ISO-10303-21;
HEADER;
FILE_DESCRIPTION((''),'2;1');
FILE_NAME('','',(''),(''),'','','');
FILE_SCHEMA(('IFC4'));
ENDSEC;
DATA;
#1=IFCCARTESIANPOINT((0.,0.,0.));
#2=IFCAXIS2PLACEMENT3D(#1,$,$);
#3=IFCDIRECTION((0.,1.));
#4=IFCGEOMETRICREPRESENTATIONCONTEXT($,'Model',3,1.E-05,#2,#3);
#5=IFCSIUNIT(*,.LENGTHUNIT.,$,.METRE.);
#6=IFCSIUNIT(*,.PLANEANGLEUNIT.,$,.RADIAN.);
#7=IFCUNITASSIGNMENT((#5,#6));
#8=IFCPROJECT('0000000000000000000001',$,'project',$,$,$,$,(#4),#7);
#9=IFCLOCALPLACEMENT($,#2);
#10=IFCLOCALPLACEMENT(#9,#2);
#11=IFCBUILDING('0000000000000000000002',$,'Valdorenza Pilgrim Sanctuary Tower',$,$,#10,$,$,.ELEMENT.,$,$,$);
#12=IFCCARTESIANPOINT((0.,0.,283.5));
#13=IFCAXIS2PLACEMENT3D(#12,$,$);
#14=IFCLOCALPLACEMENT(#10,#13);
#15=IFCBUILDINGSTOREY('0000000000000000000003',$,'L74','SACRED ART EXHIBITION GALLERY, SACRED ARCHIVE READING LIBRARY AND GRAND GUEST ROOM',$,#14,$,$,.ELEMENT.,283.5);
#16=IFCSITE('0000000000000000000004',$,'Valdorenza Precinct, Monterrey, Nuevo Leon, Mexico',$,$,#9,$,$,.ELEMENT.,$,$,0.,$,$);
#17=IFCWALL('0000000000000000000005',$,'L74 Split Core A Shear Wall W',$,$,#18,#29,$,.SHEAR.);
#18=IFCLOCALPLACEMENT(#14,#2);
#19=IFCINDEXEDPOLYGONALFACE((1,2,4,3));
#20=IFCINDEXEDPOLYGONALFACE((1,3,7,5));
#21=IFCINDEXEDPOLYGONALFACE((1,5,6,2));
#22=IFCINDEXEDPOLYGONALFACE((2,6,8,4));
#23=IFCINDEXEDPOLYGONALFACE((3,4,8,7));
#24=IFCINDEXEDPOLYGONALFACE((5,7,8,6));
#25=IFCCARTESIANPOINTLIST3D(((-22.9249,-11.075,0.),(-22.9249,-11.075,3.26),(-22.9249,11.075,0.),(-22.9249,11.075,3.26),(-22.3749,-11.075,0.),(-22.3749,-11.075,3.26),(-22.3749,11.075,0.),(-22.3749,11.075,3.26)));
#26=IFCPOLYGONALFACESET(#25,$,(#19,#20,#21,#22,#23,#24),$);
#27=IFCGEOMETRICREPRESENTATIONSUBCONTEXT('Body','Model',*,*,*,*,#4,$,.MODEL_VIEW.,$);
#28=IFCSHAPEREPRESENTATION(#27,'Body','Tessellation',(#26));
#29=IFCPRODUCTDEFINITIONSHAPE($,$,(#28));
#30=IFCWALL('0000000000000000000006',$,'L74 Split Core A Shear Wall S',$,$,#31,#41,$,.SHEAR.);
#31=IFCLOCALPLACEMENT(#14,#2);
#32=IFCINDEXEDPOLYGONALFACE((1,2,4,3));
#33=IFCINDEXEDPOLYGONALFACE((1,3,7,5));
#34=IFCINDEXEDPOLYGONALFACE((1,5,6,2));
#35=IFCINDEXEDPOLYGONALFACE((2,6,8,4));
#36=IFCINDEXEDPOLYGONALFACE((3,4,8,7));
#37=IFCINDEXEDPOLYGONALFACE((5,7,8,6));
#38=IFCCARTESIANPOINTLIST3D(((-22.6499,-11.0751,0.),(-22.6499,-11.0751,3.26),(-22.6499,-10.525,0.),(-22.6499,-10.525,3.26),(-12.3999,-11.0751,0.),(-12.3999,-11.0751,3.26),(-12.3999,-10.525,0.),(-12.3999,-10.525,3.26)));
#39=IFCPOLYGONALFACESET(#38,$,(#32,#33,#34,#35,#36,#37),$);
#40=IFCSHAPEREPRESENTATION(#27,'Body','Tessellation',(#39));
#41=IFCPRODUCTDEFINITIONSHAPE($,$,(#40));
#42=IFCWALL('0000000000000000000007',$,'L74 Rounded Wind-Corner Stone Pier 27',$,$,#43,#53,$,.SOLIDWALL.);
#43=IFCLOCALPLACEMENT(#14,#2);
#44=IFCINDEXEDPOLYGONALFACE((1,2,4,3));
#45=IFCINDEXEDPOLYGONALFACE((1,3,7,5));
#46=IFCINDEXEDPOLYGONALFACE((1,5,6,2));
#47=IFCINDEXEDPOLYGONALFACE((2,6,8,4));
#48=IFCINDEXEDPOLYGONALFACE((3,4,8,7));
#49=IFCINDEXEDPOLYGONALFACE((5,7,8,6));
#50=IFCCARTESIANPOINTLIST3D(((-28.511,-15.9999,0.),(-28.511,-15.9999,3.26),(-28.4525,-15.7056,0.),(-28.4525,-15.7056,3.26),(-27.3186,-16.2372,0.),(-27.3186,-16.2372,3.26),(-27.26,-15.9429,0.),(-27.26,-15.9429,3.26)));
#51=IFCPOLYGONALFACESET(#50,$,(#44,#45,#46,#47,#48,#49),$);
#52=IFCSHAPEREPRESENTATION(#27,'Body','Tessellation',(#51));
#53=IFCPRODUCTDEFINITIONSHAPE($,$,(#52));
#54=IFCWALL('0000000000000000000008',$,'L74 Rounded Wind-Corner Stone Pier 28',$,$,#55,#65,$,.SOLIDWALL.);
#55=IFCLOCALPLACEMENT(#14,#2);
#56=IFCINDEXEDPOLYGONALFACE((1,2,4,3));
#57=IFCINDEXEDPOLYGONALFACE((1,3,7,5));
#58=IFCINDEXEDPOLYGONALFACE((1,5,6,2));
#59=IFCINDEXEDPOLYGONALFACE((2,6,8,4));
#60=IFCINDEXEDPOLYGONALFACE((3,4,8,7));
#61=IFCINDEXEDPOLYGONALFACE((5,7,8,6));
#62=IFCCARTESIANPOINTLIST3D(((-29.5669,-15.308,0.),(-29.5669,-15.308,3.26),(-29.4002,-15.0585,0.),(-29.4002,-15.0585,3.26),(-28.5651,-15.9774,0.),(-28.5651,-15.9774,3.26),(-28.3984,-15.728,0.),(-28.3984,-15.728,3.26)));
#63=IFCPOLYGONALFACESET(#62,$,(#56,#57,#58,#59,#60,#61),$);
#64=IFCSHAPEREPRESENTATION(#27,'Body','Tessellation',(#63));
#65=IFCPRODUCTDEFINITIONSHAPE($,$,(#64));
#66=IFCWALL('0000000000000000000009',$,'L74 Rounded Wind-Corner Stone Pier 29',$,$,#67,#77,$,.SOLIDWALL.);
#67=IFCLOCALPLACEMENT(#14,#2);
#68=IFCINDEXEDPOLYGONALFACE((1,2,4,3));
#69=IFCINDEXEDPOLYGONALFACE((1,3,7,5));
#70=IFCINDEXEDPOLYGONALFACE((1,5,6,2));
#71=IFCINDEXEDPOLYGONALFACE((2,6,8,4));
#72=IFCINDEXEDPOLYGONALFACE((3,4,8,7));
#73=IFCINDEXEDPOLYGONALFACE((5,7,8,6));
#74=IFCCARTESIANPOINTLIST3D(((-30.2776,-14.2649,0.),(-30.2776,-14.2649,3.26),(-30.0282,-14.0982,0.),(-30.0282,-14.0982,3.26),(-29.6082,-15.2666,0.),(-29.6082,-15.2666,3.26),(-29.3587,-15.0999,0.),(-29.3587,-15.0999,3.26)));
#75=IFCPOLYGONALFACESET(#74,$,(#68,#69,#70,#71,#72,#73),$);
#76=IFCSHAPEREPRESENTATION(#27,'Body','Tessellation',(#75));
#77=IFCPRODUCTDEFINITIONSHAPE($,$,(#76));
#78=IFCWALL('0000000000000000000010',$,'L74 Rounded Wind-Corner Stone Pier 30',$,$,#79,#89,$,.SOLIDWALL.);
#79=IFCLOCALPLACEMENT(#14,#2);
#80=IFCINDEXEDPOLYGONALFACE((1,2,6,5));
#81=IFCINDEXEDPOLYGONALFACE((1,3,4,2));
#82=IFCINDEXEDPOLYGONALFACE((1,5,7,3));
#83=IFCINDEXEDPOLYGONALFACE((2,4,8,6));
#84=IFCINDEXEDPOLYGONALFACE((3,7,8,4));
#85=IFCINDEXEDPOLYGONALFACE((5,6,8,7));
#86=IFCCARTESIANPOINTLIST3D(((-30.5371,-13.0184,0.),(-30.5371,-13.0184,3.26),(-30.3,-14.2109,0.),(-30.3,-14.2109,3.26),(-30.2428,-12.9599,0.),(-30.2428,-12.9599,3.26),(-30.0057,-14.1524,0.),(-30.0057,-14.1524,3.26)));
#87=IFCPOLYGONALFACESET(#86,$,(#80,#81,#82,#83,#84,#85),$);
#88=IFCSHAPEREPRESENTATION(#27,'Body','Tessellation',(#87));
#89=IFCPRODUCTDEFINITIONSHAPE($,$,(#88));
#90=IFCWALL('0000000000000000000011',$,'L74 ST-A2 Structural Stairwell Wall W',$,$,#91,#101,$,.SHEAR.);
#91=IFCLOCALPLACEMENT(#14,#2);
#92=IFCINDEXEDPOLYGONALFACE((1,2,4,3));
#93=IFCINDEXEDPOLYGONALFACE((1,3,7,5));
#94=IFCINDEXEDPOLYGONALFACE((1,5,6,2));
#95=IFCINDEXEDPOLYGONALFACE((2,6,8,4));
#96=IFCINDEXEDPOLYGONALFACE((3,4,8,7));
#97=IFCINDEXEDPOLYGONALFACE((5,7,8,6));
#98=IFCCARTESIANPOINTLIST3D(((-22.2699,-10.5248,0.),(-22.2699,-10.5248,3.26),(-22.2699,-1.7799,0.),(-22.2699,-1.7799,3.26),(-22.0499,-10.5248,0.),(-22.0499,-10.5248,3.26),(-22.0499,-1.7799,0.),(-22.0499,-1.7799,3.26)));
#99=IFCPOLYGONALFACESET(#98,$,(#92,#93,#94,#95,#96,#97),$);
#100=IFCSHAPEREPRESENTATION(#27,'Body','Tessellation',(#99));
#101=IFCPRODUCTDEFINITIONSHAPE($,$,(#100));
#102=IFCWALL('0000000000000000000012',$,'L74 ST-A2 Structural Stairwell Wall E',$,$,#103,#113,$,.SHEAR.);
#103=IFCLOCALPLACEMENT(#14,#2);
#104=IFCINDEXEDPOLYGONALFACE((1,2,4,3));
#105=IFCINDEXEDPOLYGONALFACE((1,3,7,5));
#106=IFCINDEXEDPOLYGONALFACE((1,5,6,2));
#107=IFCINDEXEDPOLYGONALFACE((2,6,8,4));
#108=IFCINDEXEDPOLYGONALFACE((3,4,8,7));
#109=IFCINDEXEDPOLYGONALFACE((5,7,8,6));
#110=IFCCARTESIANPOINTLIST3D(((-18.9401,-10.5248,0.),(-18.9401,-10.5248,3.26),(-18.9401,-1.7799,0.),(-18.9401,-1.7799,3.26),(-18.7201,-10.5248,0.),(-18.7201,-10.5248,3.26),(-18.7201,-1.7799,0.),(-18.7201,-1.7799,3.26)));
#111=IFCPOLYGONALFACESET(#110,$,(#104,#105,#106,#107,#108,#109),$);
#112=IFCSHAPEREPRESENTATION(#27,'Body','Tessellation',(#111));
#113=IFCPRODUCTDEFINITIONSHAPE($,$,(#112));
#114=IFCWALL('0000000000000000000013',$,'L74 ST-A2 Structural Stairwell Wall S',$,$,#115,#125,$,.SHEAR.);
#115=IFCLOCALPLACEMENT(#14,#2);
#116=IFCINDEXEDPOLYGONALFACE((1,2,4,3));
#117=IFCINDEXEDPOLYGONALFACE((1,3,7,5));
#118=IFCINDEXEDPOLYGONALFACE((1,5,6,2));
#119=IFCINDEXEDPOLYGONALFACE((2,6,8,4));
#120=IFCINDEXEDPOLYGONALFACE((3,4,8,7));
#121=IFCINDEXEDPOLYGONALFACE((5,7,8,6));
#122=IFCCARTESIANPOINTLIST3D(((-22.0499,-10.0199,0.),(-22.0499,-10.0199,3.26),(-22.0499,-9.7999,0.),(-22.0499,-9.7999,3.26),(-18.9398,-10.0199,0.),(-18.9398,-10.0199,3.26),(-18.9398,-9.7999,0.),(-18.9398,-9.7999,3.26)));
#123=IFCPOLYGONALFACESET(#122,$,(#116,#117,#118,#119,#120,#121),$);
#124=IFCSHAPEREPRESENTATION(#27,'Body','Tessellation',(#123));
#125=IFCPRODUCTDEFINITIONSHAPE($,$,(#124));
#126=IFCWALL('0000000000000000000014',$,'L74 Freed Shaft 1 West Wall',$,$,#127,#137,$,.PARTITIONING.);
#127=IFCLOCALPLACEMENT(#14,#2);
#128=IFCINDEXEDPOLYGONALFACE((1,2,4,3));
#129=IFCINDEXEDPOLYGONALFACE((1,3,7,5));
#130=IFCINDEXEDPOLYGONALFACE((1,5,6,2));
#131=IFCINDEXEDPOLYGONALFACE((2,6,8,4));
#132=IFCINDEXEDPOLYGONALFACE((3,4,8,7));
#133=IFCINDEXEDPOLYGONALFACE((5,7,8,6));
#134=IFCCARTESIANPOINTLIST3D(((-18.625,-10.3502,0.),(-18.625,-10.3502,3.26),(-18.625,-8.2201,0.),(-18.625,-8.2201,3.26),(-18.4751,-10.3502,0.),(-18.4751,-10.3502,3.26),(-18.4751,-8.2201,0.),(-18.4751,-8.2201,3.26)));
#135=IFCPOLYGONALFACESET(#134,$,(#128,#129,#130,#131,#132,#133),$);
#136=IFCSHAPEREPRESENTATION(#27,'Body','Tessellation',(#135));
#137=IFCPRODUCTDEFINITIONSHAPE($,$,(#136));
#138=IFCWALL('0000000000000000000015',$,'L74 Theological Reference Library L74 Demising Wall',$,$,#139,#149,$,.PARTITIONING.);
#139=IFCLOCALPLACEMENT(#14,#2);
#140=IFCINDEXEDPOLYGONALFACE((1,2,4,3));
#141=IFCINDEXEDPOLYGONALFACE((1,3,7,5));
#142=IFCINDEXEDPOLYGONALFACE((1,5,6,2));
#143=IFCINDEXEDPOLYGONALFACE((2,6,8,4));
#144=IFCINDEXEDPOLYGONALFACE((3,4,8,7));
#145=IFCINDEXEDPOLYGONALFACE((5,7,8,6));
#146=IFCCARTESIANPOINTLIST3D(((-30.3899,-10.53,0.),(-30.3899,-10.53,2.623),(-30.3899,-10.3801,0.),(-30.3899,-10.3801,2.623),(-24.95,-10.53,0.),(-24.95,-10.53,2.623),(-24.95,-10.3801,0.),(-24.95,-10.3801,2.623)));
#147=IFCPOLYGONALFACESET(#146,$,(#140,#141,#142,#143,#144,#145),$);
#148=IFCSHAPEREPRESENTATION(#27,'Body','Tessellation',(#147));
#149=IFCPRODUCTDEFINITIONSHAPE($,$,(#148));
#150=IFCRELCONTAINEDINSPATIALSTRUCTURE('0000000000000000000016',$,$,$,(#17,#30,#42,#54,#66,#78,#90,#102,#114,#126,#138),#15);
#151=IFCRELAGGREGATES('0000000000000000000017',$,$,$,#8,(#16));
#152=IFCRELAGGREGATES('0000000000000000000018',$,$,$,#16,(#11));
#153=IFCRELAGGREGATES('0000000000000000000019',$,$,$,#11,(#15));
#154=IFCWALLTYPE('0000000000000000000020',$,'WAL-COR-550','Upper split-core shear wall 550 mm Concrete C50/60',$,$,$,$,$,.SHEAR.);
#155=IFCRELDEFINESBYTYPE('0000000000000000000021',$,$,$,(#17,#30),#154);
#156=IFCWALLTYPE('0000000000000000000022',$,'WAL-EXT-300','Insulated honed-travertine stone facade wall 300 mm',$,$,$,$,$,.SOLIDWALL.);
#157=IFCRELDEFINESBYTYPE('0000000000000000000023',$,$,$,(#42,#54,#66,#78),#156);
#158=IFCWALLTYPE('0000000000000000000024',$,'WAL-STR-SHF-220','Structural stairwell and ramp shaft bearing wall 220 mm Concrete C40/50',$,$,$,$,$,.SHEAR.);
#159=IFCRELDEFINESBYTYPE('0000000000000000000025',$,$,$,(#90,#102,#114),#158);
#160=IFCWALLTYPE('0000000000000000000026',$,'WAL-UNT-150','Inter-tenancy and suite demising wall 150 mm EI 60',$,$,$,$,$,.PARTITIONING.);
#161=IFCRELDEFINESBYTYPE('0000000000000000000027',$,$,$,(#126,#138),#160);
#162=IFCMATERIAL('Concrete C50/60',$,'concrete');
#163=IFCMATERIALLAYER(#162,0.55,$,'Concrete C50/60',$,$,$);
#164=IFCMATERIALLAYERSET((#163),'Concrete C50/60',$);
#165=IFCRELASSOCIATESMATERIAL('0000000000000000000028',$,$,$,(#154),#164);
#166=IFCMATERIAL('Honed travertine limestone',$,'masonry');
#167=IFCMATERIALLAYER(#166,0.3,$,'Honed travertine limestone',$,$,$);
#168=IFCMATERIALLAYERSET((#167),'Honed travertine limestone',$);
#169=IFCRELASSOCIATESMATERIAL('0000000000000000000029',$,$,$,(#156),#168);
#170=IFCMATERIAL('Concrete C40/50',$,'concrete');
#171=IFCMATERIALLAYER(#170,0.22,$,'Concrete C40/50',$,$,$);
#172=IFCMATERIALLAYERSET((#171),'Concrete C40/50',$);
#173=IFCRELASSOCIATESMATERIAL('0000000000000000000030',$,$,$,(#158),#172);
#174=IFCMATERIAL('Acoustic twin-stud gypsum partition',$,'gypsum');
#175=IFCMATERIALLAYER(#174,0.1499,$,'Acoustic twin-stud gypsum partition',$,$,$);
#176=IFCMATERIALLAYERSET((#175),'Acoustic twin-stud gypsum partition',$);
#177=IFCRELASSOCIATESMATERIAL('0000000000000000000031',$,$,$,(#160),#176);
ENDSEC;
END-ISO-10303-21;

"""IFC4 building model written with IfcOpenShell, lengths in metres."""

from ifc_helpers import new_model, si_unit, direction, frame, frame_2d, origin, place, context, subcontext, project, spatial, rectangle, extrude, material, layer, layer_set, type_object, element, save


model = new_model("IFC4")

# Units and contexts
model_context = context("Model", 3, precision=1e-05, world=origin(), true_north=direction((0.0, 1.0)))
body_context = subcontext(model_context, "Body", "Model", "MODEL_VIEW")
ifc_project = project(units=[si_unit("LENGTHUNIT", "METRE"), si_unit("PLANEANGLEUNIT", "RADIAN")], contexts=[model_context])

# Site, building, storey
site_placement = place(None, origin())
site = spatial("IfcSite", under=ifc_project, at=site_placement, Name="Valdorenza Precinct, Monterrey, Nuevo Leon, Mexico", CompositionType="ELEMENT", RefElevation=0.0)
building_placement = place(site_placement, origin())
building = spatial("IfcBuilding", under=site, at=building_placement, Name="Valdorenza Pilgrim Sanctuary Tower", CompositionType="ELEMENT")
storey_placement = place(building_placement, frame((0.0, 0.0, 283.5)))
storey = spatial("IfcBuildingStorey", under=building, at=storey_placement, Name="L74", Description="SACRED ART EXHIBITION GALLERY, SACRED ARCHIVE READING LIBRARY AND GRAND GUEST ROOM", CompositionType="ELEMENT", Elevation=283.5)

# Shared definitions
ifc_material_1 = material(Name="Concrete C50/60", Category="concrete")

# Shared definitions
ifc_material_2 = material(Name="Honed travertine limestone", Category="masonry")

# Shared definitions
ifc_material_3 = material(Name="Acoustic twin-stud gypsum partition", Category="gypsum")

# Walls
ifc_layer_1 = layer(ifc_material_1, 0.55, Name="Concrete C50/60")
ifc_layer_set_1 = layer_set([ifc_layer_1], Name="Concrete C50/60")
wall_type_1 = type_object("IfcWallType", Name="WAL-COR-550", Description="Upper split-core shear wall 550 mm Concrete C50/60", PredefinedType="SHEAR", material=ifc_layer_set_1)
wall_1_placement = place(storey_placement, frame((-22.6499, -11.075, 0.0), z_axis=(0.0, 0.0, 1.0), x_axis=(0.0, 1.0, 0.0)))
element("IfcWall", 1, at=wall_1_placement, inside=storey, type_object=wall_type_1, Name="L74 Split Core A Shear Wall W", PredefinedType="SHEAR", context=body_context, shape_type="SweptSolid", body=[
    extrude(rectangle(XDim=22.1499, YDim=0.55, at=frame_2d((11.075, 0.0))), origin(), (0.0, 0.0, 1.0), 3.26),
])
wall_2_placement = place(storey_placement, frame((-22.6499, -10.8, 0.0), z_axis=(0.0, 0.0, 1.0), x_axis=(1.0, 0.0, 0.0)))
element("IfcWall", 2, at=wall_2_placement, inside=storey, type_object=wall_type_1, Name="L74 Split Core A Shear Wall S", PredefinedType="SHEAR", context=body_context, shape_type="SweptSolid", body=[
    extrude(rectangle(XDim=10.25, YDim=0.55, at=frame_2d((5.125, 0.0))), origin(), (0.0, 0.0, 1.0), 3.26),
])
ifc_layer_2 = layer(ifc_material_2, 0.3, Name="Honed travertine limestone")
ifc_layer_set_2 = layer_set([ifc_layer_2], Name="Honed travertine limestone")
wall_type_2 = type_object("IfcWallType", Name="WAL-EXT-300", Description="Insulated honed-travertine stone facade wall 300 mm", PredefinedType="SOLIDWALL", material=ifc_layer_set_2)
wall_3_placement = place(storey_placement, frame((-27.2893, -16.0901, 0.0), z_axis=(0.0, 0.0, 1.0), x_axis=(-0.980766, 0.195189, 0.0)))
element("IfcWall", 3, at=wall_3_placement, inside=storey, type_object=wall_type_2, Name="L74 Rounded Wind-Corner Stone Pier 27", PredefinedType="SOLIDWALL", context=body_context, shape_type="SweptSolid", body=[
    extrude(rectangle(XDim=1.2158, YDim=0.3, at=frame_2d((0.6079, 0.0))), origin(), (0.0, 0.0, 1.0), 3.26),
])
for number, where, z_axis, x_axis, name in (
    (4, (-28.4817, -15.8528, 0.0), (0.0, 0.0, 1.0), (-0.831426, 0.555635, 0.0), "L74 Rounded Wind-Corner Stone Pier 28"),
    (5, (-29.4834, -15.1833, 0.0), (0.0, 0.0, 1.0), (-0.555635, 0.831426, 0.0), "L74 Rounded Wind-Corner Stone Pier 29"),
):
    element("IfcWall", number, at=place(storey_placement, frame(where, z_axis=z_axis, x_axis=x_axis)), inside=storey, type_object=wall_type_2, Name=name, PredefinedType="SOLIDWALL", context=body_context, shape_type="SweptSolid", body=[
        extrude(rectangle(XDim=1.2048, YDim=0.3, at=frame_2d((0.6025, 0.0))), origin(), (0.0, 0.0, 1.0), 3.26),
    ])
wall_4_placement = place(storey_placement, frame((-30.1528, -14.1816, 0.0), z_axis=(0.0, 0.0, 1.0), x_axis=(-0.194996, 0.980804, 0.0)))
element("IfcWall", 6, at=wall_4_placement, inside=storey, type_object=wall_type_2, Name="L74 Rounded Wind-Corner Stone Pier 30", PredefinedType="SOLIDWALL", context=body_context, shape_type="SweptSolid", body=[
    extrude(rectangle(XDim=1.2158, YDim=0.3, at=frame_2d((0.6079, 0.0))), origin(), (0.0, 0.0, 1.0), 3.26),
])
ifc_material_4 = material(Name="Concrete C40/50", Category="concrete")
ifc_layer_3 = layer(ifc_material_4, 0.22, Name="Concrete C40/50")
ifc_layer_set_3 = layer_set([ifc_layer_3], Name="Concrete C40/50")
wall_type_3 = type_object("IfcWallType", Name="WAL-STR-SHF-220", Description="Structural stairwell and ramp shaft bearing wall 220 mm Concrete C40/50", PredefinedType="SHEAR", material=ifc_layer_set_3)
for number, where, z_axis, x_axis, name in (
    (7, (-22.1599, -10.5249, 0.0), (0.0, 0.0, 1.0), (0.0, 1.0, 0.0), "L74 ST-A2 Structural Stairwell Wall W"),
    (8, (-18.8301, -10.5249, 0.0), (0.0, 0.0, 1.0), (0.0, 1.0, 0.0), "L74 ST-A2 Structural Stairwell Wall E"),
):
    element("IfcWall", number, at=place(storey_placement, frame(where, z_axis=z_axis, x_axis=x_axis)), inside=storey, type_object=wall_type_3, Name=name, PredefinedType="SHEAR", context=body_context, shape_type="SweptSolid", body=[
        extrude(rectangle(XDim=8.7449, YDim=0.22, at=frame_2d((4.3726, 0.0))), origin(), (0.0, 0.0, 1.0), 3.26),
    ])
wall_5_placement = place(storey_placement, frame((-22.05, -9.9099, 0.0), z_axis=(0.0, 0.0, 1.0), x_axis=(1.0, 0.0, 0.0)))
element("IfcWall", 9, at=wall_5_placement, inside=storey, type_object=wall_type_3, Name="L74 ST-A2 Structural Stairwell Wall S", PredefinedType="SHEAR", context=body_context, shape_type="SweptSolid", body=[
    extrude(rectangle(XDim=3.1101, YDim=0.22, at=frame_2d((1.5552, 0.0))), origin(), (0.0, 0.0, 1.0), 3.26),
])
ifc_layer_4 = layer(ifc_material_3, 0.1499, Name="Acoustic twin-stud gypsum partition")
ifc_layer_set_4 = layer_set([ifc_layer_4], Name="Acoustic twin-stud gypsum partition")
wall_type_4 = type_object("IfcWallType", Name="WAL-UNT-150", Description="Inter-tenancy and suite demising wall 150 mm EI 60", PredefinedType="PARTITIONING", material=ifc_layer_set_4)
wall_6_placement = place(storey_placement, frame((-18.55, -10.3501, 0.0), z_axis=(0.0, 0.0, 1.0), x_axis=(0.0, 1.0, 0.0)))
element("IfcWall", 10, at=wall_6_placement, inside=storey, type_object=wall_type_4, Name="L74 Freed Shaft 1 West Wall", PredefinedType="PARTITIONING", context=body_context, shape_type="SweptSolid", body=[
    extrude(rectangle(XDim=2.1301, YDim=0.1499, at=frame_2d((1.0649, 0.0))), origin(), (0.0, 0.0, 1.0), 3.26),
])
wall_7_placement = place(storey_placement, frame((-30.3899, -10.4551, 0.0), z_axis=(0.0, 0.0, 1.0), x_axis=(1.0, 0.0, 0.0)))
element("IfcWall", 11, at=wall_7_placement, inside=storey, type_object=wall_type_4, Name="L74 Theological Reference Library L74 Demising Wall", PredefinedType="PARTITIONING", context=body_context, shape_type="SweptSolid", body=[
    extrude(rectangle(XDim=5.4399, YDim=0.1499, at=frame_2d((2.72, 0.0))), origin(), (0.0, 0.0, 1.0), 2.623),
])

save(model, "model.ifc")
